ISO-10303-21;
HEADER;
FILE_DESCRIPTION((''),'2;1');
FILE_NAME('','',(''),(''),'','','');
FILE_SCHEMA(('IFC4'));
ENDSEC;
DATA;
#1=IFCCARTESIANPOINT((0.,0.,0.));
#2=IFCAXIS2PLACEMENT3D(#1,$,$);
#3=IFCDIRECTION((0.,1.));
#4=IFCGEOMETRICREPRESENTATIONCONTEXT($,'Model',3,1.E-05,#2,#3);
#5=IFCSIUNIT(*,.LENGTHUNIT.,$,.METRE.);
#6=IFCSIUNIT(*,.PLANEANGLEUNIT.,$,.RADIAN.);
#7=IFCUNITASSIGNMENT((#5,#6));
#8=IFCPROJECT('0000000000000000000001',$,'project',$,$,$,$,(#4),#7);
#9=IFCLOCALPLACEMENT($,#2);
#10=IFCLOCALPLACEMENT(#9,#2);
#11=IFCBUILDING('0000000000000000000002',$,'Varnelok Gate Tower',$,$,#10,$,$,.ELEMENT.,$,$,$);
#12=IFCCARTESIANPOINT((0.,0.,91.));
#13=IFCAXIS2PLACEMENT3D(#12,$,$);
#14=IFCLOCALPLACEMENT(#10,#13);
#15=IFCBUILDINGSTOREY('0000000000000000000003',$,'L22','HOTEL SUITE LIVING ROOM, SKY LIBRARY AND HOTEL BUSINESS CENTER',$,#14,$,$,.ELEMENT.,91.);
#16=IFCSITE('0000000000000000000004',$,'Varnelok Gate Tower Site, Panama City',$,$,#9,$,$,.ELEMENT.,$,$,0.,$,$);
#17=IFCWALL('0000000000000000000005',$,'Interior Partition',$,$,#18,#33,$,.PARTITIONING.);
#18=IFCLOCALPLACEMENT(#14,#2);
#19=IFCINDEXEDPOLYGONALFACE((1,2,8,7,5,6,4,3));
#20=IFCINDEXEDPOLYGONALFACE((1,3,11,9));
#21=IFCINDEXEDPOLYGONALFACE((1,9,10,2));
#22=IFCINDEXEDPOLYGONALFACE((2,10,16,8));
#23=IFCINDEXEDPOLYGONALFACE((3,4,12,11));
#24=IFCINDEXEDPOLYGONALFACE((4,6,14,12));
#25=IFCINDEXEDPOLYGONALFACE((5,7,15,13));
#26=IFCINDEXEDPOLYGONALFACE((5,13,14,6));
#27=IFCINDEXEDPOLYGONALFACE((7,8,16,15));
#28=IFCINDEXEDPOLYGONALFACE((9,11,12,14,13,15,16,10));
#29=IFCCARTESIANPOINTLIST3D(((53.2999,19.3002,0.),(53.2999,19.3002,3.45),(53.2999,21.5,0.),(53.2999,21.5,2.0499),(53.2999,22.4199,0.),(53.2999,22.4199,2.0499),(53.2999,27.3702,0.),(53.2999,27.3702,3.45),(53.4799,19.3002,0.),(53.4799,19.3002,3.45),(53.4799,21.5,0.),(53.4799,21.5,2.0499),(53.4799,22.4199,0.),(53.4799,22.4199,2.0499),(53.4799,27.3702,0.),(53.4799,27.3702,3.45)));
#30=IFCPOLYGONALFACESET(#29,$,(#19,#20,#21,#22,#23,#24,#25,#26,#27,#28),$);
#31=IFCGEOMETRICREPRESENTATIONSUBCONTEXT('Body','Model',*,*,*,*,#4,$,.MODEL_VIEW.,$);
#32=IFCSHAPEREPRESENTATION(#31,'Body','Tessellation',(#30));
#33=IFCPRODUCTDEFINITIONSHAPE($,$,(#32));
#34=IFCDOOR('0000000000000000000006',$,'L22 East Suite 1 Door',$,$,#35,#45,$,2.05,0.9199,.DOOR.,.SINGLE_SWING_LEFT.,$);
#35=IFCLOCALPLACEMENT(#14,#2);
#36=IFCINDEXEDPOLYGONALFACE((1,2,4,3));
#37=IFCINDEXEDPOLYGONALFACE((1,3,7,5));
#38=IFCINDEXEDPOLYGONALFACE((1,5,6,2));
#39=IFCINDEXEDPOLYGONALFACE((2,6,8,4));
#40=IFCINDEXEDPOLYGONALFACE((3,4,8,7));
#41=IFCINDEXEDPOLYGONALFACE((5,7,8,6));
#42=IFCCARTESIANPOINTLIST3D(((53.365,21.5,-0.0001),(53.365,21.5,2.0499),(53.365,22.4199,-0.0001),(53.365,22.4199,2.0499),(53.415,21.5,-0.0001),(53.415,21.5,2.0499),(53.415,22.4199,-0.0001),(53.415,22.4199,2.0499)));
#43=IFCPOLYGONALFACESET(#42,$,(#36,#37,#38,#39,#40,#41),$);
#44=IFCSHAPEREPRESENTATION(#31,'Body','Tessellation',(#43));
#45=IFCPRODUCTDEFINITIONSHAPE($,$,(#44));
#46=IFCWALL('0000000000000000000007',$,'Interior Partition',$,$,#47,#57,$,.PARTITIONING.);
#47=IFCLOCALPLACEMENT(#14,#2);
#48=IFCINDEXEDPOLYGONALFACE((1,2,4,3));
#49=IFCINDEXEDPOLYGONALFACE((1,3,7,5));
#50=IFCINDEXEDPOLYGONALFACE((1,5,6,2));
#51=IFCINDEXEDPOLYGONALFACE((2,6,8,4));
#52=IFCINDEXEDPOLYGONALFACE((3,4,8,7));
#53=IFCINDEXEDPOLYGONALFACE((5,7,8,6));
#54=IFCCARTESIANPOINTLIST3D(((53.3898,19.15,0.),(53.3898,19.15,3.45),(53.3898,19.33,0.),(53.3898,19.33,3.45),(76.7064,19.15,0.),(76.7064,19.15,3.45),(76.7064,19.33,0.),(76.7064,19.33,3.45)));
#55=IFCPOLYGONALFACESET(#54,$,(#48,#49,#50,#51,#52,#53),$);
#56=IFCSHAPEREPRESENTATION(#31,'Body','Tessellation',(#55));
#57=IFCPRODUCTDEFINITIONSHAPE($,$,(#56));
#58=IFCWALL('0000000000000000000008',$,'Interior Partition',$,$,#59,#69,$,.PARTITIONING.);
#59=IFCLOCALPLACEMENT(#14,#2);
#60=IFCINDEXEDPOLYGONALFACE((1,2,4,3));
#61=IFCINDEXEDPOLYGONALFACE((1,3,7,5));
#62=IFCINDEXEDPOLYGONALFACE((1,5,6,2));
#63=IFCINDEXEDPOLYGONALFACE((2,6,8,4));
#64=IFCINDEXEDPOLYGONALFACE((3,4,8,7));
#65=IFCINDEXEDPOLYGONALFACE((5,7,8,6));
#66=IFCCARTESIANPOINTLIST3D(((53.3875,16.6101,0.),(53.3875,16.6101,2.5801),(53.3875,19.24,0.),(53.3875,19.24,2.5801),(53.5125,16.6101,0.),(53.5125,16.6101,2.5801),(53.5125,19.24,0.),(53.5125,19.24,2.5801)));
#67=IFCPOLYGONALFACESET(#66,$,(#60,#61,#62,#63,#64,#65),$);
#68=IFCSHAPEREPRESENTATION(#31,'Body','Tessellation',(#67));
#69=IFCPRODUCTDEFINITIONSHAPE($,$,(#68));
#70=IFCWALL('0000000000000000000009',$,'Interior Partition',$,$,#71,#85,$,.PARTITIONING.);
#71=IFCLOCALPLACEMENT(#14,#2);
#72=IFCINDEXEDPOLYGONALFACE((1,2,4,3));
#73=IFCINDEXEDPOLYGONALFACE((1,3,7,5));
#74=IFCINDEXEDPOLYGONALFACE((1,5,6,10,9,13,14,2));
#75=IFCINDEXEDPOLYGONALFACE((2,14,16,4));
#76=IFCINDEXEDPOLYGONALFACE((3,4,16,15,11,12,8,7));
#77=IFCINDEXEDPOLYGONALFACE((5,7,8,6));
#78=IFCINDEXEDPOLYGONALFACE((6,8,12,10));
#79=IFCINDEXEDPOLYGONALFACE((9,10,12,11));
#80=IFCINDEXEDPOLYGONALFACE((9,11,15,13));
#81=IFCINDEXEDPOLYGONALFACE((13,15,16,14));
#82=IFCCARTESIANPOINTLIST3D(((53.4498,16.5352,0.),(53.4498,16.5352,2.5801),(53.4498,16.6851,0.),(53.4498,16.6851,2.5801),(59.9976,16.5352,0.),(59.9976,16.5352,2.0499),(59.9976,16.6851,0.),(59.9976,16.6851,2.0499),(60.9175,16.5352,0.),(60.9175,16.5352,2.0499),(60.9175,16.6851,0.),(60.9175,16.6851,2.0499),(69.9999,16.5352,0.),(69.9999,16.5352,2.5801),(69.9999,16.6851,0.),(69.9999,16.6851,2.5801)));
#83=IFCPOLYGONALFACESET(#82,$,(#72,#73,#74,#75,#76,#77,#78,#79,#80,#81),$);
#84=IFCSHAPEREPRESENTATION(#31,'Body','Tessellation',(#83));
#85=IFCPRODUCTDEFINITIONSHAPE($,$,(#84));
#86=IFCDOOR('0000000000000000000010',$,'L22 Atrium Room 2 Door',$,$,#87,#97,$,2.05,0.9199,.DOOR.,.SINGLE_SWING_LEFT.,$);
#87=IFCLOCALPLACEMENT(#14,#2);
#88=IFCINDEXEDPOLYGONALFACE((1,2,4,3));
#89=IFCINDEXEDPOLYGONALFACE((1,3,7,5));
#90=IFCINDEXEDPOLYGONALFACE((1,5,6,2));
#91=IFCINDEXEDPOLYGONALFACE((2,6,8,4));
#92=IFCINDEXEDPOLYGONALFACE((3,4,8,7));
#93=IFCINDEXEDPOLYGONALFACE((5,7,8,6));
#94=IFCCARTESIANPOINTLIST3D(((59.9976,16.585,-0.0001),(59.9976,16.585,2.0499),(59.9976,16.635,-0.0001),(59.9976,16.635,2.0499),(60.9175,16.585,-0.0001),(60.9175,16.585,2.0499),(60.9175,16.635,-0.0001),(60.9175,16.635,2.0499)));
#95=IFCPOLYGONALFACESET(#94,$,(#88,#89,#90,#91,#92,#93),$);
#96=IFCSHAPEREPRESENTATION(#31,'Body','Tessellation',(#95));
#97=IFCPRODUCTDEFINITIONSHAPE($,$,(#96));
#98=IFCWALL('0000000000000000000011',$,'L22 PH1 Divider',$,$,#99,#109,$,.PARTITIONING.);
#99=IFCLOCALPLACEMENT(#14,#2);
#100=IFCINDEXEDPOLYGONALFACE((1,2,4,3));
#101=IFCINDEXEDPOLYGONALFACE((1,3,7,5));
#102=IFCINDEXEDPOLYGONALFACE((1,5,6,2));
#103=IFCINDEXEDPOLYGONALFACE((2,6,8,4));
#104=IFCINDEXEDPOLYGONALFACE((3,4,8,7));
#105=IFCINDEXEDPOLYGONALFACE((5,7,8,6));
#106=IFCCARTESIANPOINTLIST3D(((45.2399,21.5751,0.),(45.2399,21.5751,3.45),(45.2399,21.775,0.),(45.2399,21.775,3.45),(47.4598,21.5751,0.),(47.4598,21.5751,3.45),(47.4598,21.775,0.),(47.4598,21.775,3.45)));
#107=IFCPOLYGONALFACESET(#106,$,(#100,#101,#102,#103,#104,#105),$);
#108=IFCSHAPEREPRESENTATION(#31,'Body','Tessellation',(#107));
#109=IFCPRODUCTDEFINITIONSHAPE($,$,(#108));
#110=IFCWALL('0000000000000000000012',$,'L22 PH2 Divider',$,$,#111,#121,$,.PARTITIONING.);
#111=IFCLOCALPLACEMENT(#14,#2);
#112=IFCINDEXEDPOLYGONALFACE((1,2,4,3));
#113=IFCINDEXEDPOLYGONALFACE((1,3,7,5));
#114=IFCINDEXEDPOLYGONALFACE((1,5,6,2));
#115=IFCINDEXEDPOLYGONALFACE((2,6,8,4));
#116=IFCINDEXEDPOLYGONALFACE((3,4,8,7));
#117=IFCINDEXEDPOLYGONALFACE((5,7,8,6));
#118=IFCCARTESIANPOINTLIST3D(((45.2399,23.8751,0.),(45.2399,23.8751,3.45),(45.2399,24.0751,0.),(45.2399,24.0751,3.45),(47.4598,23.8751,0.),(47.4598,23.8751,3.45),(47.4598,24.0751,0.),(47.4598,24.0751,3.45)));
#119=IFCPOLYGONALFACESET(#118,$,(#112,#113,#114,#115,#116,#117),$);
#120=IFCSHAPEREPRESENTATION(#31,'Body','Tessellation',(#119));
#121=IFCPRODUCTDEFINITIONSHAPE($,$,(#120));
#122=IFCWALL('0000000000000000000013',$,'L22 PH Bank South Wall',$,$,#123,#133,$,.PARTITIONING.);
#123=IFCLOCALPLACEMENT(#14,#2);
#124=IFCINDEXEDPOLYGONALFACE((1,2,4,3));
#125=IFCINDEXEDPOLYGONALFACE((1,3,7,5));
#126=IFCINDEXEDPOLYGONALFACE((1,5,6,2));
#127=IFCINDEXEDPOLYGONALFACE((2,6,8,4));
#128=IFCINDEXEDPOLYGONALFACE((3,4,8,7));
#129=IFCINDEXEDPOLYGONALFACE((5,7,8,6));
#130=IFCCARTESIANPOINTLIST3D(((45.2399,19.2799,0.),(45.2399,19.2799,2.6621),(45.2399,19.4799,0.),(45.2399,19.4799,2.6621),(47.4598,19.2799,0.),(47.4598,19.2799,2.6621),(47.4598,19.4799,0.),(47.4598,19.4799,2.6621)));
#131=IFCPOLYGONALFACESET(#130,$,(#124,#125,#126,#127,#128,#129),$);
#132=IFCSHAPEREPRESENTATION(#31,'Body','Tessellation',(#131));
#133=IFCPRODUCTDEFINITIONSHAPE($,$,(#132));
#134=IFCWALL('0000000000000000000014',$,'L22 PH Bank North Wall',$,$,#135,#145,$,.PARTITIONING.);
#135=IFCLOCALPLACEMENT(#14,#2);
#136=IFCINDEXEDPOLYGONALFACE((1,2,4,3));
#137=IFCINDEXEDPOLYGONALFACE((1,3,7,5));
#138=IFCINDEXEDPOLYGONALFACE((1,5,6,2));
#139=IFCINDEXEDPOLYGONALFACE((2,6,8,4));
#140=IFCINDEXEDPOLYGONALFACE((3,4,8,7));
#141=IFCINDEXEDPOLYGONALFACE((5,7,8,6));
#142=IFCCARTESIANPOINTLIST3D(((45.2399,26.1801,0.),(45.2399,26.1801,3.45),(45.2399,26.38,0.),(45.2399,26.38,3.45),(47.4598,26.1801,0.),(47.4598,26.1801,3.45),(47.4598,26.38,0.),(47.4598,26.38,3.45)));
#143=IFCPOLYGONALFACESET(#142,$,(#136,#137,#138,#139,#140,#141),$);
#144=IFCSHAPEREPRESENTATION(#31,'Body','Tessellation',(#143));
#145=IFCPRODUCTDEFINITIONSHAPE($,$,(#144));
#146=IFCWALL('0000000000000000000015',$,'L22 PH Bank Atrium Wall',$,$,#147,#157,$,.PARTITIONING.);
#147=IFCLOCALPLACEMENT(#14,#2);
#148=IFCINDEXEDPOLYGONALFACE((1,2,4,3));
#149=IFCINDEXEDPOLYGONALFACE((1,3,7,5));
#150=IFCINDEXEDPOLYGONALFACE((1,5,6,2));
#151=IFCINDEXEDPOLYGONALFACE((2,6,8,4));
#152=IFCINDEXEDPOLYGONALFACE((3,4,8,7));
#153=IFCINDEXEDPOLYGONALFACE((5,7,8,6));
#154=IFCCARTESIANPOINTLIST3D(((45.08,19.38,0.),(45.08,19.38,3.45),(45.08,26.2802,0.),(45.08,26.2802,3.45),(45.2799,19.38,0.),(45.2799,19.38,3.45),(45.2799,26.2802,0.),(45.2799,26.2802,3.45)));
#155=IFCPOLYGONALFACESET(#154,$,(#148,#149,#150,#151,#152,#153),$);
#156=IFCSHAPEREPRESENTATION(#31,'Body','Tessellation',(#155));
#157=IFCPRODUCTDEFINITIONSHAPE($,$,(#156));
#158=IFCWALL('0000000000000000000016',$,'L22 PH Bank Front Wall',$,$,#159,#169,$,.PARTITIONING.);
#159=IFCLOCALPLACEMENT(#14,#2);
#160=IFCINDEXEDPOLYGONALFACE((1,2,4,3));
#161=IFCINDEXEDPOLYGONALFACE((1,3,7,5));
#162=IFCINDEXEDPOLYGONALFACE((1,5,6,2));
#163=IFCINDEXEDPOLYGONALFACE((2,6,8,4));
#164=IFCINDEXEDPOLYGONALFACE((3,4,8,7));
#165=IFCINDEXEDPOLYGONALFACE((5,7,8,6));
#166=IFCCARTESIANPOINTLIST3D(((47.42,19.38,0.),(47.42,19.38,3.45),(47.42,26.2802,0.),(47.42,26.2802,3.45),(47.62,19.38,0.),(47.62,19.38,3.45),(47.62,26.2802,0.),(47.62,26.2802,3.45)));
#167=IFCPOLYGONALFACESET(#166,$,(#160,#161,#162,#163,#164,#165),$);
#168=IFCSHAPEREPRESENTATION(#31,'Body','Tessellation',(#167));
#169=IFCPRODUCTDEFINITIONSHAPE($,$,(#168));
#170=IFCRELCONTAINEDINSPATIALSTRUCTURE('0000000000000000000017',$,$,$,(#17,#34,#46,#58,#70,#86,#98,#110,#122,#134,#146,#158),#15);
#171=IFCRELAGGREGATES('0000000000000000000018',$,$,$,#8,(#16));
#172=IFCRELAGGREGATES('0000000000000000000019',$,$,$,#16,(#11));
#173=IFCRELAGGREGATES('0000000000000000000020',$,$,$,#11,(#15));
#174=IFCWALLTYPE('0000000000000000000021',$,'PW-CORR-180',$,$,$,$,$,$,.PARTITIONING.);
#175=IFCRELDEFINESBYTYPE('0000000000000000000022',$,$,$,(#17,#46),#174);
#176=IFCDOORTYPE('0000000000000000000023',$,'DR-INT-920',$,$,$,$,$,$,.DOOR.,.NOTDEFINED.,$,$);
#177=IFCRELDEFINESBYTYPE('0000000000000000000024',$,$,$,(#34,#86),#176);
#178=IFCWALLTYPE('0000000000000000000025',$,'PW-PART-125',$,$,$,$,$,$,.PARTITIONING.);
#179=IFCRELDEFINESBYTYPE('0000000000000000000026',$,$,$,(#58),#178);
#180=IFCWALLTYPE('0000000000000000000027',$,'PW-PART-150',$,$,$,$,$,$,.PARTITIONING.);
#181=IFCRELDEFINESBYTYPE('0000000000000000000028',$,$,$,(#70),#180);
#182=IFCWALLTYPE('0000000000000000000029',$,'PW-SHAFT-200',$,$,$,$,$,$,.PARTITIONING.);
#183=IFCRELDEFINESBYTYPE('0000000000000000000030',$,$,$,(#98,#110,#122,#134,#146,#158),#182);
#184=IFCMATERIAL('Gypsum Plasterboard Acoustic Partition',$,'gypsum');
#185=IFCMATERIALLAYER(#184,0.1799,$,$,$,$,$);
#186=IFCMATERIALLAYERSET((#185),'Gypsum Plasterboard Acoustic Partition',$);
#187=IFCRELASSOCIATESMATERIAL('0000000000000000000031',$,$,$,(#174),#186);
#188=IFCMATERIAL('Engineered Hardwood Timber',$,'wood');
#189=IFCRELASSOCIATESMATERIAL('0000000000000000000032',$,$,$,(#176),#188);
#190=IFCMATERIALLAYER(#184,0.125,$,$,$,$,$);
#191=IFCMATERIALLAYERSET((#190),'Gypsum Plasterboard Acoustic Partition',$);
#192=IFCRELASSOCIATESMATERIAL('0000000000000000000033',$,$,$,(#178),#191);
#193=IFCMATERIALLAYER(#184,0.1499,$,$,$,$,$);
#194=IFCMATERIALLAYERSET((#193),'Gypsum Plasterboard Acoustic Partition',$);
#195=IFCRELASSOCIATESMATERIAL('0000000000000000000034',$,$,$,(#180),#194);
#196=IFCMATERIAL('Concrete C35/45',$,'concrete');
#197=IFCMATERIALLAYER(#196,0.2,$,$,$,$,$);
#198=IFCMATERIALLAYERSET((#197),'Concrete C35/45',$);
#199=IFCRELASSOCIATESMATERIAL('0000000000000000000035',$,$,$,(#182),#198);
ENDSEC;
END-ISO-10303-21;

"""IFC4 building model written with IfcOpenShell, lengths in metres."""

from ifc_helpers import new_model, si_unit, direction, frame, frame_2d, origin, place, context, subcontext, project, spatial, rectangle, extrude, material, layer, layer_set, type_object, element, fill, save


model = new_model("IFC4")

# Units and contexts
model_context = context("Model", 3, precision=1e-05, world=origin(), true_north=direction((0.0, 1.0)))
body_context = subcontext(model_context, "Body", "Model", "MODEL_VIEW")
ifc_project = project(units=[si_unit("LENGTHUNIT", "METRE"), si_unit("PLANEANGLEUNIT", "RADIAN")], contexts=[model_context])

# Site, building, storey
site_placement = place(None, origin())
site = spatial("IfcSite", under=ifc_project, at=site_placement, Name="Varnelok Gate Tower Site, Panama City", CompositionType="ELEMENT", RefElevation=0.0)
building_placement = place(site_placement, origin())
building = spatial("IfcBuilding", under=site, at=building_placement, Name="Varnelok Gate Tower", CompositionType="ELEMENT")
storey_placement = place(building_placement, frame((0.0, 0.0, 91.0)))
storey = spatial("IfcBuildingStorey", under=building, at=storey_placement, Name="L22", Description="HOTEL SUITE LIVING ROOM, SKY LIBRARY AND HOTEL BUSINESS CENTER", CompositionType="ELEMENT", Elevation=91.0)

# Wall, opening, door
ifc_material_1 = material(Name="Gypsum Plasterboard Acoustic Partition", Category="gypsum")
ifc_layer_1 = layer(ifc_material_1, 0.1799)
ifc_layer_set_1 = layer_set([ifc_layer_1], Name="Gypsum Plasterboard Acoustic Partition")
wall_type_1 = type_object("IfcWallType", Name="PW-CORR-180", PredefinedType="PARTITIONING", material=ifc_layer_set_1)
ifc_material_2 = material(Name="Engineered Hardwood Timber", Category="wood")
wall_1_placement = place(storey_placement, frame((53.3899, 19.3, 0.0), z_axis=(0.0, 0.0, 1.0), x_axis=(0.0, 1.0, 0.0)))
wall_1 = element("IfcWall", 1, at=wall_1_placement, inside=storey, type_object=wall_type_1, Name="Interior Partition", PredefinedType="PARTITIONING", context=body_context, shape_type="SweptSolid", body=[
    extrude(rectangle(XDim=8.0701, YDim=0.1799, at=frame_2d((4.0352, 0.0))), origin(), (0.0, 0.0, 1.0), 3.45),
])
opening_1_placement = place(wall_1_placement, frame((2.2, 0.0, 0.0)))
opening_1 = element("IfcOpeningElement", 2, at=opening_1_placement, cuts=wall_1, PredefinedType="OPENING", context=body_context, shape_type="SweptSolid", body=[
    extrude(rectangle(XDim=0.9199, YDim=2.05, at=frame_2d((0.46, 1.0249))), frame((0.0, 0.0999, 0.0), z_axis=(0.0, -1.0, 0.0), x_axis=(1.0, 0.0, 0.0)), (0.0, 0.0, 1.0), 0.2),
])
door_type_1 = type_object("IfcDoorType", Name="DR-INT-920", OperationType="NOTDEFINED", PredefinedType="DOOR", material=ifc_material_2)
door_1_placement = place(opening_1_placement, origin())
door_1 = element("IfcDoor", 3, at=door_1_placement, inside=storey, type_object=door_type_1, Name="L22 East Suite 1 Door", OperationType="SINGLE_SWING_LEFT", OverallHeight=2.05, OverallWidth=0.9199, PredefinedType="DOOR", context=body_context, shape_type="SweptSolid", body=[
    extrude(rectangle(XDim=0.9199, YDim=2.05, at=frame_2d((0.46, 1.0249))), frame((0.0, 0.0249, 0.0), z_axis=(0.0, -1.0, 0.0), x_axis=(1.0, 0.0, 0.0)), (0.0, 0.0, 1.0), 0.05),
])
fill(opening_1, door_1)

# Walls
wall_2_placement = place(storey_placement, frame((53.3899, 19.24, 0.0), z_axis=(0.0, 0.0, 1.0), x_axis=(1.0, 0.0, 0.0)))
element("IfcWall", 4, at=wall_2_placement, inside=storey, type_object=wall_type_1, Name="Interior Partition", PredefinedType="PARTITIONING", context=body_context, shape_type="SweptSolid", body=[
    extrude(rectangle(XDim=23.3167, YDim=0.1799, at=frame_2d((11.6582, 0.0))), origin(), (0.0, 0.0, 1.0), 3.45),
])
ifc_layer_2 = layer(ifc_material_1, 0.125)
ifc_layer_set_2 = layer_set([ifc_layer_2], Name="Gypsum Plasterboard Acoustic Partition")
wall_type_2 = type_object("IfcWallType", Name="PW-PART-125", PredefinedType="PARTITIONING", material=ifc_layer_set_2)
wall_3_placement = place(storey_placement, frame((53.45, 16.6101, 0.0), z_axis=(0.0, 0.0, 1.0), x_axis=(0.0, 1.0, 0.0)))
element("IfcWall", 5, at=wall_3_placement, inside=storey, type_object=wall_type_2, Name="Interior Partition", PredefinedType="PARTITIONING", context=body_context, shape_type="SweptSolid", body=[
    extrude(rectangle(XDim=2.6299, YDim=0.125, at=frame_2d((1.3149, 0.0))), origin(), (0.0, 0.0, 1.0), 2.5801),
])

# Wall, opening, door
ifc_layer_3 = layer(ifc_material_1, 0.1499)
ifc_layer_set_3 = layer_set([ifc_layer_3], Name="Gypsum Plasterboard Acoustic Partition")
wall_type_3 = type_object("IfcWallType", Name="PW-PART-150", PredefinedType="PARTITIONING", material=ifc_layer_set_3)
wall_4_placement = place(storey_placement, frame((53.45, 16.6101, 0.0), z_axis=(0.0, 0.0, 1.0), x_axis=(1.0, 0.0, 0.0)))
wall_4 = element("IfcWall", 6, at=wall_4_placement, inside=storey, type_object=wall_type_3, Name="Interior Partition", PredefinedType="PARTITIONING", context=body_context, shape_type="SweptSolid", body=[
    extrude(rectangle(XDim=16.55, YDim=0.1499, at=frame_2d((8.2749, 0.0))), origin(), (0.0, 0.0, 1.0), 2.5801),
])
opening_2_placement = place(wall_4_placement, frame((6.5476, 0.0, 0.0)))
opening_2 = element("IfcOpeningElement", 7, at=opening_2_placement, cuts=wall_4, PredefinedType="OPENING", context=body_context, shape_type="SweptSolid", body=[
    extrude(rectangle(XDim=0.9199, YDim=2.05, at=frame_2d((0.46, 1.0249))), frame((0.0, 0.085, 0.0), z_axis=(0.0, -1.0, 0.0), x_axis=(1.0, 0.0, 0.0)), (0.0, 0.0, 1.0), 0.1699),
])
door_2_placement = place(opening_2_placement, origin())
door_2 = element("IfcDoor", 8, at=door_2_placement, inside=storey, type_object=door_type_1, Name="L22 Atrium Room 2 Door", OperationType="SINGLE_SWING_LEFT", OverallHeight=2.05, OverallWidth=0.9199, PredefinedType="DOOR", context=body_context, shape_type="SweptSolid", body=[
    extrude(rectangle(XDim=0.9199, YDim=2.05, at=frame_2d((0.46, 1.0249))), frame((0.0, 0.0249, 0.0), z_axis=(0.0, -1.0, 0.0), x_axis=(1.0, 0.0, 0.0)), (0.0, 0.0, 1.0), 0.05),
])
fill(opening_2, door_2)

# Walls
ifc_material_3 = material(Name="Concrete C35/45", Category="concrete")
ifc_layer_4 = layer(ifc_material_3, 0.2)
ifc_layer_set_4 = layer_set([ifc_layer_4], Name="Concrete C35/45")
wall_type_4 = type_object("IfcWallType", Name="PW-SHAFT-200", PredefinedType="PARTITIONING", material=ifc_layer_set_4)
for number, where, z_axis, x_axis, name in (
    (9, (45.24, 21.675, 0.0), (0.0, 0.0, 1.0), (1.0, 0.0, 0.0), "L22 PH1 Divider"),
    (10, (45.24, 23.9751, 0.0), (0.0, 0.0, 1.0), (1.0, 0.0, 0.0), "L22 PH2 Divider"),
):
    element("IfcWall", number, at=place(storey_placement, frame(where, z_axis=z_axis, x_axis=x_axis)), inside=storey, type_object=wall_type_4, Name=name, PredefinedType="PARTITIONING", context=body_context, shape_type="SweptSolid", body=[
        extrude(rectangle(XDim=2.22, YDim=0.2, at=frame_2d((1.1099, 0.0))), origin(), (0.0, 0.0, 1.0), 3.45),
    ])
wall_5_placement = place(storey_placement, frame((45.24, 19.3799, 0.0), z_axis=(0.0, 0.0, 1.0), x_axis=(1.0, 0.0, 0.0)))
element("IfcWall", 11, at=wall_5_placement, inside=storey, type_object=wall_type_4, Name="L22 PH Bank South Wall", PredefinedType="PARTITIONING", context=body_context, shape_type="SweptSolid", body=[
    extrude(rectangle(XDim=2.22, YDim=0.2, at=frame_2d((1.1099, 0.0))), origin(), (0.0, 0.0, 1.0), 2.6621),
])
wall_6_placement = place(storey_placement, frame((45.24, 26.28, 0.0), z_axis=(0.0, 0.0, 1.0), x_axis=(1.0, 0.0, 0.0)))
element("IfcWall", 12, at=wall_6_placement, inside=storey, type_object=wall_type_4, Name="L22 PH Bank North Wall", PredefinedType="PARTITIONING", context=body_context, shape_type="SweptSolid", body=[
    extrude(rectangle(XDim=2.22, YDim=0.2, at=frame_2d((1.1099, 0.0))), origin(), (0.0, 0.0, 1.0), 3.45),
])
for number, where, z_axis, x_axis, name in (
    (13, (45.1799, 19.3799, 0.0), (0.0, 0.0, 1.0), (0.0, 1.0, 0.0), "L22 PH Bank Atrium Wall"),
    (14, (47.52, 19.3799, 0.0), (0.0, 0.0, 1.0), (0.0, 1.0, 0.0), "L22 PH Bank Front Wall"),
):
    element("IfcWall", number, at=place(storey_placement, frame(where, z_axis=z_axis, x_axis=x_axis)), inside=storey, type_object=wall_type_4, Name=name, PredefinedType="PARTITIONING", context=body_context, shape_type="SweptSolid", body=[
        extrude(rectangle(XDim=6.9001, YDim=0.2, at=frame_2d((3.4502, 0.0))), origin(), (0.0, 0.0, 1.0), 3.45),
    ])

save(model, "model.ifc")
